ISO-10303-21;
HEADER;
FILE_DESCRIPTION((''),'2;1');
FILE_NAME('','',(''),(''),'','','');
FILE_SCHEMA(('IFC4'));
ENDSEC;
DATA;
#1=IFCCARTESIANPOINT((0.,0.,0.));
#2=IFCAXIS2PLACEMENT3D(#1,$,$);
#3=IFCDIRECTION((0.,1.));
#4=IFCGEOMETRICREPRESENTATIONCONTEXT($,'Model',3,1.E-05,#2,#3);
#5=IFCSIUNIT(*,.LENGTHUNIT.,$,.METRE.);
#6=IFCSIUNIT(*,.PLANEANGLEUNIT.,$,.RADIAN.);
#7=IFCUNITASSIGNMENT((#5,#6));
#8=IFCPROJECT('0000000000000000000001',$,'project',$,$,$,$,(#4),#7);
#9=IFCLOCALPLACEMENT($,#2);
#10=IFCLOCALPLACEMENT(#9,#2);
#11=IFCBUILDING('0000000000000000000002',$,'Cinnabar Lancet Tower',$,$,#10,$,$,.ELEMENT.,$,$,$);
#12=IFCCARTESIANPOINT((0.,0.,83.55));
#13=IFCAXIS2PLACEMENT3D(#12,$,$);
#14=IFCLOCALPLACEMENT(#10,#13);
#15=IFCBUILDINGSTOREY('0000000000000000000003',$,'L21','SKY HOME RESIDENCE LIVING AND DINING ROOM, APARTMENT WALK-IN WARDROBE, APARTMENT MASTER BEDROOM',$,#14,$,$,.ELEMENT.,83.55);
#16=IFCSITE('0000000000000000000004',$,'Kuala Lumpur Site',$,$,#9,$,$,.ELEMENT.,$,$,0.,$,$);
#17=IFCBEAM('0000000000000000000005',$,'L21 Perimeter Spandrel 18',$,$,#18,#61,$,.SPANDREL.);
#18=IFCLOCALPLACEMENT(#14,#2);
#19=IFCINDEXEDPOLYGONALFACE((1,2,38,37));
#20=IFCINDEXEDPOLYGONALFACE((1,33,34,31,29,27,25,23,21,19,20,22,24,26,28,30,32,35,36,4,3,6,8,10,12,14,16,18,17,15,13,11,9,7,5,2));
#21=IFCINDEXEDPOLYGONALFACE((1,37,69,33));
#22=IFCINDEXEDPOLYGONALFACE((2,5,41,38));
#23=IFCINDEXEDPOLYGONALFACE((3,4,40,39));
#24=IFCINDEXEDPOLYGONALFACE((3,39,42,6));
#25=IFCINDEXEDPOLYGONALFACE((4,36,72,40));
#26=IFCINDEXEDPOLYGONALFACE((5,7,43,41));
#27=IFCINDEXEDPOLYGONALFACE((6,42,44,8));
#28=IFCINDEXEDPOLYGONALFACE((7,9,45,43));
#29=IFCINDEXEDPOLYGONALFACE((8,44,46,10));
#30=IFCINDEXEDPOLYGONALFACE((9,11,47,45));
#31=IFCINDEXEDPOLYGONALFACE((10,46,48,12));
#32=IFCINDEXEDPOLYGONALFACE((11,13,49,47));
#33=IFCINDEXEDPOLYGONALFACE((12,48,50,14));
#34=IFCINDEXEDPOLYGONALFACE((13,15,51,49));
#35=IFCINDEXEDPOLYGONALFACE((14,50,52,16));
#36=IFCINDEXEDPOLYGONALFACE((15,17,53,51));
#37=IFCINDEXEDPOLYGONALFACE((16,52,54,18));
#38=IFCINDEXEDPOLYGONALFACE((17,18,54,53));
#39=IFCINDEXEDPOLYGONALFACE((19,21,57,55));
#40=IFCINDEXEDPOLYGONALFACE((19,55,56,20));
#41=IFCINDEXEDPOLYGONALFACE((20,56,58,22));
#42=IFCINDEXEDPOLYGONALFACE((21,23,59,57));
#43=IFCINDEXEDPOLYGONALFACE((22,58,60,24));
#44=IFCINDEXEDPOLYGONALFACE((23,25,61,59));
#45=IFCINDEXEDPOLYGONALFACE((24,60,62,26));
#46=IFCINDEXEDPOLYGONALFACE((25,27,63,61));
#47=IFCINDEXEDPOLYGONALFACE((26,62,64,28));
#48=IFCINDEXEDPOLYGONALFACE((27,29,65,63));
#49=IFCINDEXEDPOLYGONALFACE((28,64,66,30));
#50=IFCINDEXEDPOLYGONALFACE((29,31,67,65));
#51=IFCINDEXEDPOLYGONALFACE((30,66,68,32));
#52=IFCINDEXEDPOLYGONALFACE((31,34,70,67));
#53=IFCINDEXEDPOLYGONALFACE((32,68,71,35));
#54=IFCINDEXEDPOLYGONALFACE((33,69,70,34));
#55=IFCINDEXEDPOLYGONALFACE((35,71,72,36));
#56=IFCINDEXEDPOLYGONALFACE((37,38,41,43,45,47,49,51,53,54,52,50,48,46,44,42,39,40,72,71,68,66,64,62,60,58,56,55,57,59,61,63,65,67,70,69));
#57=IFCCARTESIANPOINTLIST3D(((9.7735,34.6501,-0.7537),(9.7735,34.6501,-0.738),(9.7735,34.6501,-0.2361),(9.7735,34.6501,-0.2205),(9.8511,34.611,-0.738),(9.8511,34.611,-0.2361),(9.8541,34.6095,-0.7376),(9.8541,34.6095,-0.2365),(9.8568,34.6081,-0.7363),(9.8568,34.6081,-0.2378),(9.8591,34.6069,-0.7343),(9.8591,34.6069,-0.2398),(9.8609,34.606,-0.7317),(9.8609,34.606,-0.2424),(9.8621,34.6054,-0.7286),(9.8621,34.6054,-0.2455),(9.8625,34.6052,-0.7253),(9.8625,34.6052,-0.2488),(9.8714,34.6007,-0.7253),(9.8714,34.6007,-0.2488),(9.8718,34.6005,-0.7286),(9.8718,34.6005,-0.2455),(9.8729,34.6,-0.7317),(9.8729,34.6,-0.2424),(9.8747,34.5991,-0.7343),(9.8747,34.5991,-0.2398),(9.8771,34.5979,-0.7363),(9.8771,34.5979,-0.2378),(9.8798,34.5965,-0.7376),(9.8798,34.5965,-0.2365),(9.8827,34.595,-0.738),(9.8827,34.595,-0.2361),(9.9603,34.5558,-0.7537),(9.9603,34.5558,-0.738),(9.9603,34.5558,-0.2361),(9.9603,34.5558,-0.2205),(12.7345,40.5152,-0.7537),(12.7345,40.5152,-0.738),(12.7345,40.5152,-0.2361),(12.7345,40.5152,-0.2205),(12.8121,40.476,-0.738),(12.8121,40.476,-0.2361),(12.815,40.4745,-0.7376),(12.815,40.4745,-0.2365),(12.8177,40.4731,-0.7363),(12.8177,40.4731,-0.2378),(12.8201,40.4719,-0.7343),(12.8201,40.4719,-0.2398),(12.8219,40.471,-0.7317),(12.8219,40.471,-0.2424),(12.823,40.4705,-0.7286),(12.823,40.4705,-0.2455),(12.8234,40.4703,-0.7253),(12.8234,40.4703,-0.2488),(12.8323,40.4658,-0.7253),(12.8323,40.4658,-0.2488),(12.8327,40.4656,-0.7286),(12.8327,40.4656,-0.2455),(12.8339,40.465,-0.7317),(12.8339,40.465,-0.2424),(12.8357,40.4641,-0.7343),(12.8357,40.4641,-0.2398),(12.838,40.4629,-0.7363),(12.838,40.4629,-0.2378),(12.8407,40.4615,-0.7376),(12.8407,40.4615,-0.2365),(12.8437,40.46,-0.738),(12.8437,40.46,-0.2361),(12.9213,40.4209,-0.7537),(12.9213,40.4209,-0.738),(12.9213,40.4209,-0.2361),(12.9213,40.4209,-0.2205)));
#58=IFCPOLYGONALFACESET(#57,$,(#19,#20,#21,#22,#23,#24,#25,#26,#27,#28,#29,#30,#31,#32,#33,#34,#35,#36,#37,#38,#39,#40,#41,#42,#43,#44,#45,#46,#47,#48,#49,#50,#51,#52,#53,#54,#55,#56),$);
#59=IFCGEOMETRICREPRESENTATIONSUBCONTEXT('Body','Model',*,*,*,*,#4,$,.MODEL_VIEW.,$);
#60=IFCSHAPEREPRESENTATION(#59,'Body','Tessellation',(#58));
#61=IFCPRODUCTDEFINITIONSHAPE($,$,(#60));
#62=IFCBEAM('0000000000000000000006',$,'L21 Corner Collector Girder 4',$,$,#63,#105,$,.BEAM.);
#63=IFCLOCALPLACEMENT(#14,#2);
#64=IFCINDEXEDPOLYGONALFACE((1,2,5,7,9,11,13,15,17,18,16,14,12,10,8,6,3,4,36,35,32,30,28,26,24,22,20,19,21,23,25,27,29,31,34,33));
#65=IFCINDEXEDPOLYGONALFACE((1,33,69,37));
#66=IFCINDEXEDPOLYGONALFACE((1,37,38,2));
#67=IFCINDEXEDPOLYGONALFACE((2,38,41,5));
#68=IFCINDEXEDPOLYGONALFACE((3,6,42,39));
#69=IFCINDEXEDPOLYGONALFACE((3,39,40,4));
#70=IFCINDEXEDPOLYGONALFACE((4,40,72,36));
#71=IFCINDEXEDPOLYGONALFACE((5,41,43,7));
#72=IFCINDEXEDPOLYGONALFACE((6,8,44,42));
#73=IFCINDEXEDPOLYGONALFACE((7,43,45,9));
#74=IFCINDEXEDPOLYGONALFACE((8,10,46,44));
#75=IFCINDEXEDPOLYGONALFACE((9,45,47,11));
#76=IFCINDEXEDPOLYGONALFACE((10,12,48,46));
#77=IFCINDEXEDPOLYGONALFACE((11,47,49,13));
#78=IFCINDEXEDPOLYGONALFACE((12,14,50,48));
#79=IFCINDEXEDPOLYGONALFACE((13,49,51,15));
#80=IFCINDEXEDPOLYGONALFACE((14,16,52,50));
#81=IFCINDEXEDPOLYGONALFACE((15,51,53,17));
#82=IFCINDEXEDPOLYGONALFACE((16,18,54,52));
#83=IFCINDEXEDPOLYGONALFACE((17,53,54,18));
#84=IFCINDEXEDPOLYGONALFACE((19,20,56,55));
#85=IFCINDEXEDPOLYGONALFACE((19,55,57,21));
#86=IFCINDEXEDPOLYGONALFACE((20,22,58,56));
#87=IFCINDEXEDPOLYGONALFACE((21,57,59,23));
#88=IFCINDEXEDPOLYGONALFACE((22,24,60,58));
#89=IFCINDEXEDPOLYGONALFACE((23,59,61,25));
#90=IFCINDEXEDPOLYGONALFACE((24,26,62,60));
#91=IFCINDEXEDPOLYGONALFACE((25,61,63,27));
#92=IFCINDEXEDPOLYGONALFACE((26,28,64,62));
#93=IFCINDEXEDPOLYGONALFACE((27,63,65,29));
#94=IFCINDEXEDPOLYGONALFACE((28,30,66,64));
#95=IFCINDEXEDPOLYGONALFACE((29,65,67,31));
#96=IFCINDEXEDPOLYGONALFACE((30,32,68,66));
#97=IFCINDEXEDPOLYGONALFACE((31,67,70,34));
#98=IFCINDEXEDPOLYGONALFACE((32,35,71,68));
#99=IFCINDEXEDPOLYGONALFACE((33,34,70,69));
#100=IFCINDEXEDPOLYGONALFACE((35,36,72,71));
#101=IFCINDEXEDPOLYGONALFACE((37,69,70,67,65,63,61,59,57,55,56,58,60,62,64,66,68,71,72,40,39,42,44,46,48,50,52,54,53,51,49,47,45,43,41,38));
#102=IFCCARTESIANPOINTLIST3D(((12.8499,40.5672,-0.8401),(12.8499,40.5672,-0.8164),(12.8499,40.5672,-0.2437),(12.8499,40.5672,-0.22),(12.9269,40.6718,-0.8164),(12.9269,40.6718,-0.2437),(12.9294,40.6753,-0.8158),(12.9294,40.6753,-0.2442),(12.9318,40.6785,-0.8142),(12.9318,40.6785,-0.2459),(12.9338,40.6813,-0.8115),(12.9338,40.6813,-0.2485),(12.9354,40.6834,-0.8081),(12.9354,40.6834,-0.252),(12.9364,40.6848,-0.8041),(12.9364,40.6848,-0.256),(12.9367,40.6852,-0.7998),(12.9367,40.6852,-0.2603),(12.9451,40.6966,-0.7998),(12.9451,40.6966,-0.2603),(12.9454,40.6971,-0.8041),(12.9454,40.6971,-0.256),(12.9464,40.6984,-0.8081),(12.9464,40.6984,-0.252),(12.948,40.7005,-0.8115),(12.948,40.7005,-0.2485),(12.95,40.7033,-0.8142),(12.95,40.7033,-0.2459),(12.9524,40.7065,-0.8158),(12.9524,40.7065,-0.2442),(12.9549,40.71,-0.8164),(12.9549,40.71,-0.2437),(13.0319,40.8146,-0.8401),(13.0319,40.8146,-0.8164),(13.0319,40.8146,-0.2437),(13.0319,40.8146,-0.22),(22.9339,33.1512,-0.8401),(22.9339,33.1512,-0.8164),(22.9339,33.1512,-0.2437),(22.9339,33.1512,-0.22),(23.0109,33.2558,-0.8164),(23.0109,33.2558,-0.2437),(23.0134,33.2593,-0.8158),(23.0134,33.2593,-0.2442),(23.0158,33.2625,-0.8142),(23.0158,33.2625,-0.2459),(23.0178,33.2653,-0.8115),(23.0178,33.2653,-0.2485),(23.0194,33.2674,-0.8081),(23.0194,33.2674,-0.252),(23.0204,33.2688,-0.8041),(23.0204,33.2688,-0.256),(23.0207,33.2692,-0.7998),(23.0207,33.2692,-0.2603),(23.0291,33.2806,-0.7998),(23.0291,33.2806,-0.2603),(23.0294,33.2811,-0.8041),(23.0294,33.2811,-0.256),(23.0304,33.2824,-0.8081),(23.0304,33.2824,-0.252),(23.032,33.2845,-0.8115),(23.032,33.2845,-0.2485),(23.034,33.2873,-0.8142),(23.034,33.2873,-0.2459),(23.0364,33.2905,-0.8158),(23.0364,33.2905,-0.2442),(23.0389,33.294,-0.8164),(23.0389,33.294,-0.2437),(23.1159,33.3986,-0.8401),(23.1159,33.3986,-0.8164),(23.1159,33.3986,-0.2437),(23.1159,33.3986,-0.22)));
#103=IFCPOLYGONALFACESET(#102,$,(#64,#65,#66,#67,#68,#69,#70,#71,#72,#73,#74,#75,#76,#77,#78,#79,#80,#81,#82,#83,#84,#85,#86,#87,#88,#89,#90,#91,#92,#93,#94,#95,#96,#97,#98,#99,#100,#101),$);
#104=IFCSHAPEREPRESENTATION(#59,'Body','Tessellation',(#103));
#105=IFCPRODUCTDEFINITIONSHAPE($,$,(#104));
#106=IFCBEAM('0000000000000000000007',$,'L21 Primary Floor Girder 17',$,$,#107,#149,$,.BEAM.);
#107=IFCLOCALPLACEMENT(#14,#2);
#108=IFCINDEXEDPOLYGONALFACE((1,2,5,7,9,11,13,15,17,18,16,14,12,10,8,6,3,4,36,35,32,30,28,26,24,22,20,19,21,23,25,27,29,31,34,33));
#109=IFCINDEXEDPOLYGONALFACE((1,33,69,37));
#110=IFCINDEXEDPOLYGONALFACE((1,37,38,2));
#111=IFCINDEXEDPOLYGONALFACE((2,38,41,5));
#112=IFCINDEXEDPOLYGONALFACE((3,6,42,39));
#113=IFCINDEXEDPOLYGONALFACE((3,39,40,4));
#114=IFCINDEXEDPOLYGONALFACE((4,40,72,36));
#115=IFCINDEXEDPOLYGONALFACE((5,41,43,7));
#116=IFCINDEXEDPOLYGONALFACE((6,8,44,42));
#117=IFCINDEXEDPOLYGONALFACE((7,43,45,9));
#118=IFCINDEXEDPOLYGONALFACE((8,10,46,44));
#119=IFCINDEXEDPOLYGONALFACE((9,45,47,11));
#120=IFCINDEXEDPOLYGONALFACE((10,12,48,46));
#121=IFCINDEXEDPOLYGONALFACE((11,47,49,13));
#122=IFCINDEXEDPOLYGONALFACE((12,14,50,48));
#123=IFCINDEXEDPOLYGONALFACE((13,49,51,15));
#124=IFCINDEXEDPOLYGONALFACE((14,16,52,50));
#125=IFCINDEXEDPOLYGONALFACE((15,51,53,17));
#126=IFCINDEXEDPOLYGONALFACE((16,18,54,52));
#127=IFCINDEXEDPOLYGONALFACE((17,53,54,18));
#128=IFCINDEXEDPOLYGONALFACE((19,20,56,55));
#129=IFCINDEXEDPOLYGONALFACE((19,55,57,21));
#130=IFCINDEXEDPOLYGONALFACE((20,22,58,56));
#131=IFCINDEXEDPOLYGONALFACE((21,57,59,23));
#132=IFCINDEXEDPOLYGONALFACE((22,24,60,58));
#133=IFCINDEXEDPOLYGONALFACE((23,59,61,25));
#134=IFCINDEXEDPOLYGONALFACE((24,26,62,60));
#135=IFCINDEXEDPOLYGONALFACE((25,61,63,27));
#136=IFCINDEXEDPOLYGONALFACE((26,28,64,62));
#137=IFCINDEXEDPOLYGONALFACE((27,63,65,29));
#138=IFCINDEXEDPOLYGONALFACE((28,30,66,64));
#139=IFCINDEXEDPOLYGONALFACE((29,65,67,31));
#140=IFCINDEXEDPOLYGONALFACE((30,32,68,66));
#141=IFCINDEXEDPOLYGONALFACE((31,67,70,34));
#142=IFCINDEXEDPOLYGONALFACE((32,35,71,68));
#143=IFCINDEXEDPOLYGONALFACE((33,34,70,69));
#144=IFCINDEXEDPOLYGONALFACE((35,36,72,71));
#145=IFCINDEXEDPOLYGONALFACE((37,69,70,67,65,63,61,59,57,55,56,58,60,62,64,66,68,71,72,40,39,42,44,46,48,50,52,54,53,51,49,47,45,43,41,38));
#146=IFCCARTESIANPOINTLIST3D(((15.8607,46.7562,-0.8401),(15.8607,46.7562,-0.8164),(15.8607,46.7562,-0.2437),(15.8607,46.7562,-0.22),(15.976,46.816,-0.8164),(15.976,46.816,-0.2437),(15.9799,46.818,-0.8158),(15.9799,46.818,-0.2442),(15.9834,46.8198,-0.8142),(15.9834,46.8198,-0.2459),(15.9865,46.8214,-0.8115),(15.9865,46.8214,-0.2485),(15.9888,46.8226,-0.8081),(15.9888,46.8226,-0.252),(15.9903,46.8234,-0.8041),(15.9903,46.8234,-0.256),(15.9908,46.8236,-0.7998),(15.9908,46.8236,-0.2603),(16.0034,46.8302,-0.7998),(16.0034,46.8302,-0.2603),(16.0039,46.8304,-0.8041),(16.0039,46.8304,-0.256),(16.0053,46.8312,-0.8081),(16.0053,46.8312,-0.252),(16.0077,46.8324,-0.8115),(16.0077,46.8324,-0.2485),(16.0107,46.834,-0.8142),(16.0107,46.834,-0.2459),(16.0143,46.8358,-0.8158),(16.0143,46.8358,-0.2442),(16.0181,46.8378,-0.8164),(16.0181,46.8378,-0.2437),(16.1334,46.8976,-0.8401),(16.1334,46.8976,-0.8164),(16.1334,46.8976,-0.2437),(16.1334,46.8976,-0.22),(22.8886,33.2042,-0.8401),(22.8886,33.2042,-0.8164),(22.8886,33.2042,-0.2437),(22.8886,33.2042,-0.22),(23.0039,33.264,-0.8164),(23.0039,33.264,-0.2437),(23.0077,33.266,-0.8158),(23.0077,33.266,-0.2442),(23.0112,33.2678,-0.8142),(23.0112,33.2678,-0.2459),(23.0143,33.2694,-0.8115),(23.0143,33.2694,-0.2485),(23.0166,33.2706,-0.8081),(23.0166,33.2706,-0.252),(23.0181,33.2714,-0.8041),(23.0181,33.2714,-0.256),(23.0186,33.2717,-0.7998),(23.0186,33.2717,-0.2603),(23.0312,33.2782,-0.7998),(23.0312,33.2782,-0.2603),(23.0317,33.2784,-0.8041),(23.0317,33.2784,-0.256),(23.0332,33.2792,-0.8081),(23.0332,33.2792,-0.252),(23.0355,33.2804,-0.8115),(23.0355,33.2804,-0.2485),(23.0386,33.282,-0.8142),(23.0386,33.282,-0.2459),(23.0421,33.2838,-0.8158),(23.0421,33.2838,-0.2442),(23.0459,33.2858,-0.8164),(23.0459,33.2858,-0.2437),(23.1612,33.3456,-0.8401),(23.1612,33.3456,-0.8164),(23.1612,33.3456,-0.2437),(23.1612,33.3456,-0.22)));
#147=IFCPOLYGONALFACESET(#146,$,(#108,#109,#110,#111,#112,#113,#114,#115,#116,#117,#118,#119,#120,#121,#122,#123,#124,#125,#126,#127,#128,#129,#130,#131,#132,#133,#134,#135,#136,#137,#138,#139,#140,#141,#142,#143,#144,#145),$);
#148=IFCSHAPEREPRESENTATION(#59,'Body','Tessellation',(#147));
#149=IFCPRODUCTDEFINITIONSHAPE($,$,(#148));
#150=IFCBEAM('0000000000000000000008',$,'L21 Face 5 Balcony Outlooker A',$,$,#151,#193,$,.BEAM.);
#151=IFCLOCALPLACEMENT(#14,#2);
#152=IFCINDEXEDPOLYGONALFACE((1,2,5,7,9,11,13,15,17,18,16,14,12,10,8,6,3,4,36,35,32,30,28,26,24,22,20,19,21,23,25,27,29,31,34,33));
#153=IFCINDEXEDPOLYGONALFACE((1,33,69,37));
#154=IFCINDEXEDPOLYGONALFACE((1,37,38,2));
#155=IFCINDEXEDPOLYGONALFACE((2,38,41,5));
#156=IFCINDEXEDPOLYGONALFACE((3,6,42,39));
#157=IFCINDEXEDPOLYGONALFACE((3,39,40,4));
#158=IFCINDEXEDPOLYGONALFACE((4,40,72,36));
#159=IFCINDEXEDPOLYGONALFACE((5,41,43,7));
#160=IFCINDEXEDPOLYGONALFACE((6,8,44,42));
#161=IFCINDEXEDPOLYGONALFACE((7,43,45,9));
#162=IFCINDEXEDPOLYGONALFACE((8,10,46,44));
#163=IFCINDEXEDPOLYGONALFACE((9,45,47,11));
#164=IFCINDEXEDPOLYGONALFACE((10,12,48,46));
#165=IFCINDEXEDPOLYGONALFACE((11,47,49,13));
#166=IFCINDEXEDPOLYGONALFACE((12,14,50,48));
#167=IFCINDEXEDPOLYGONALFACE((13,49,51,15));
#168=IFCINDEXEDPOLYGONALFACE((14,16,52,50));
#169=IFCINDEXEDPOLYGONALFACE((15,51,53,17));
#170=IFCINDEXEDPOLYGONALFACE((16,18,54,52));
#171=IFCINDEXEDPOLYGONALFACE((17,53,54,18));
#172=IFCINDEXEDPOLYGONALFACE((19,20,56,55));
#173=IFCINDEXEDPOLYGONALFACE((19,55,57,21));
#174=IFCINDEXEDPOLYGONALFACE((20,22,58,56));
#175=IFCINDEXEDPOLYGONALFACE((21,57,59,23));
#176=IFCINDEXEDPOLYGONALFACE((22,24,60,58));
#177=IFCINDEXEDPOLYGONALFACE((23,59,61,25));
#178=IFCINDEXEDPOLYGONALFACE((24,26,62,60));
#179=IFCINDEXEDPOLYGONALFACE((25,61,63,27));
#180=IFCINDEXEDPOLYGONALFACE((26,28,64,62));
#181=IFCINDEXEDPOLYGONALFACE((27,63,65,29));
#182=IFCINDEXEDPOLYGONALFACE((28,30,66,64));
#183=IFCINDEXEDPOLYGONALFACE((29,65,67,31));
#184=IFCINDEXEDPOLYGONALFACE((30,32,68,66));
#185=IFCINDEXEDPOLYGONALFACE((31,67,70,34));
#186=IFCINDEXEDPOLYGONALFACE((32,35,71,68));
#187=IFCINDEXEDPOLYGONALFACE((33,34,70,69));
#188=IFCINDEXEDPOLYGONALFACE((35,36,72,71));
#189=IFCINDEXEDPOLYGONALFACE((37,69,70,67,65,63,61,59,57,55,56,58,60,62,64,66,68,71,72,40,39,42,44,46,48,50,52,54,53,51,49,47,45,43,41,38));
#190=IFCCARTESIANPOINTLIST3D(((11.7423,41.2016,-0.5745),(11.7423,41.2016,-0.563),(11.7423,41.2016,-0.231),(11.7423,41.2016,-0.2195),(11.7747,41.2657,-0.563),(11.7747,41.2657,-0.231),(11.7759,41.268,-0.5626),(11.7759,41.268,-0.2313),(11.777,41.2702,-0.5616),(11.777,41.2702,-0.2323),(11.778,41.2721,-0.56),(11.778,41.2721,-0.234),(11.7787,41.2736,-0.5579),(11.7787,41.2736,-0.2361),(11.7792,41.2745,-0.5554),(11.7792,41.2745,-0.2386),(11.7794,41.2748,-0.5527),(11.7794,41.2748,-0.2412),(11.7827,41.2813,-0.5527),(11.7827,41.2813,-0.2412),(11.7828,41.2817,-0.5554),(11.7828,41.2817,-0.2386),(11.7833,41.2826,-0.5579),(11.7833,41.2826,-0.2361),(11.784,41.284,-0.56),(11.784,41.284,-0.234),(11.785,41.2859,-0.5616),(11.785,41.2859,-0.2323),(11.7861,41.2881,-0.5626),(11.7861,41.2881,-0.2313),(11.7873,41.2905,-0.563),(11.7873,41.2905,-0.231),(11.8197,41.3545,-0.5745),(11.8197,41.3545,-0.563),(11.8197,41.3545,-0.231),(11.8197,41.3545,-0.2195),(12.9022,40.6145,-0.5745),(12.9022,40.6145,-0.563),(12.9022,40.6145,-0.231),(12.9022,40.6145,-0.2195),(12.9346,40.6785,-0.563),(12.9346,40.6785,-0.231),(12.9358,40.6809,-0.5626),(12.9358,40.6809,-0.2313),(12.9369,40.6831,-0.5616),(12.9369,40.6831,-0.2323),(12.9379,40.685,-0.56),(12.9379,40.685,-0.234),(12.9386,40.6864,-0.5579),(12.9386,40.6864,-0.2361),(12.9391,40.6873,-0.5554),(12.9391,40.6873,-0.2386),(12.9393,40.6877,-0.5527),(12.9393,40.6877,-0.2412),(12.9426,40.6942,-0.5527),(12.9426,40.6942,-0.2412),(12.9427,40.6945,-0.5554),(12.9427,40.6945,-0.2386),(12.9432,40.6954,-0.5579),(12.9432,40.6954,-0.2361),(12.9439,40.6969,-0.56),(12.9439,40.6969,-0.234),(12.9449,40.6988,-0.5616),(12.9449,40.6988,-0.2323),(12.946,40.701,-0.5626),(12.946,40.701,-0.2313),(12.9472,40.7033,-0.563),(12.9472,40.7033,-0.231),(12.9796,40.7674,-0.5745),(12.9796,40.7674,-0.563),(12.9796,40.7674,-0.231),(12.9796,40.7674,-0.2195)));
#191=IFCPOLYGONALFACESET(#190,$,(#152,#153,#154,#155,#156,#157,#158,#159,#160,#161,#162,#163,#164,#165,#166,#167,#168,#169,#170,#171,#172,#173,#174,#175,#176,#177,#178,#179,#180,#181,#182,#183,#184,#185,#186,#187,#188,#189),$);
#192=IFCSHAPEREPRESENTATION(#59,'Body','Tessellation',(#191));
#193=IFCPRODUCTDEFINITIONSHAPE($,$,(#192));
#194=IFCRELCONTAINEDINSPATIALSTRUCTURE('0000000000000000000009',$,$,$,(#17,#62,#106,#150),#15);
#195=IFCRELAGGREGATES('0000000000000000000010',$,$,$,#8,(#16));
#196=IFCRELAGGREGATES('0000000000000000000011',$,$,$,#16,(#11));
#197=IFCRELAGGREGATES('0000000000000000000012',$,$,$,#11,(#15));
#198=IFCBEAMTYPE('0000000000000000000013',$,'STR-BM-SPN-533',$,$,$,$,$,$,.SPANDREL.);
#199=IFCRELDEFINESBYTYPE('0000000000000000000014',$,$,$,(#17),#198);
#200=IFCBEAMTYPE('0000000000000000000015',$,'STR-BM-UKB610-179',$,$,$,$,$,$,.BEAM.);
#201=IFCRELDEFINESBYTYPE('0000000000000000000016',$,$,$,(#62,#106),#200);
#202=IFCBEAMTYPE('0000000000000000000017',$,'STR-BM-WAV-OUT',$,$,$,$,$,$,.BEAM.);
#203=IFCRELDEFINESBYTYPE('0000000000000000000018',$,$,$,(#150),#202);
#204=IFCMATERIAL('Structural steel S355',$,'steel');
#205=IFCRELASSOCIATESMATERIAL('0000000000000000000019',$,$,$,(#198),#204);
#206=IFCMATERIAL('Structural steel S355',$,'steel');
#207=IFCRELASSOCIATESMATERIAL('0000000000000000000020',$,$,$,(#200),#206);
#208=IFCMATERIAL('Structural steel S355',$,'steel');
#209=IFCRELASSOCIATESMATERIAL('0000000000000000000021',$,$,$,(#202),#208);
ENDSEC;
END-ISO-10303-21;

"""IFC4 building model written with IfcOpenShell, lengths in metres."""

from ifc_helpers import new_model, si_unit, direction, frame, origin, origin_2d, place, context, subcontext, project, spatial, i_section, extrude, material, material_profile, profile_set, type_object, element, save


model = new_model("IFC4")

# Units and contexts
model_context = context("Model", 3, precision=1e-05, world=origin(), true_north=direction((0.0, 1.0)))
body_context = subcontext(model_context, "Body", "Model", "MODEL_VIEW")
ifc_project = project(units=[si_unit("LENGTHUNIT", "METRE"), si_unit("PLANEANGLEUNIT", "RADIAN")], contexts=[model_context])

# Site, building, storey
site_placement = place(None, origin())
site = spatial("IfcSite", under=ifc_project, at=site_placement, Name="Kuala Lumpur Site", CompositionType="ELEMENT", RefElevation=0.0)
building_placement = place(site_placement, origin())
building = spatial("IfcBuilding", under=site, at=building_placement, Name="Cinnabar Lancet Tower", CompositionType="ELEMENT")
storey_placement = place(building_placement, frame((0.0, 0.0, 83.55)))
storey = spatial("IfcBuildingStorey", under=building, at=storey_placement, Name="L21", Description="SKY HOME RESIDENCE LIVING AND DINING ROOM, APARTMENT WALK-IN WARDROBE, APARTMENT MASTER BEDROOM", CompositionType="ELEMENT", Elevation=83.55)

# Beams
ifc_material_1 = material(Name="Structural steel S355", Category="steel")
ifc_material_profile_1 = material_profile(ifc_material_1, i_section(OverallWidth=0.2092, OverallDepth=0.5332, WebThickness=0.01, FlangeThickness=0.0156, FilletRadius=0.0127, at=origin_2d()), Name="UKB 533x210x92")
ifc_profile_set_1 = profile_set([ifc_material_profile_1], Name="Structural steel S355")
beam_type_1 = type_object("IfcBeamType", Name="STR-BM-SPN-533", PredefinedType="SPANDREL", material=ifc_profile_set_1)
beam_1_placement = place(storey_placement, frame((12.8279, 40.468, -0.4871), z_axis=(-0.450674, -0.892689, 0.0), x_axis=(0.892689, -0.450674, 0.0)))
element("IfcBeam", 1, at=beam_1_placement, inside=storey, type_object=beam_type_1, Name="L21 Perimeter Spandrel 18", PredefinedType="SPANDREL", context=body_context, shape_type="SweptSolid", body=[
    extrude(i_section(OverallWidth=0.2092, OverallDepth=0.5332, WebThickness=0.01, FlangeThickness=0.0156, FilletRadius=0.0127, at=origin_2d()), origin(), (0.0, 0.0, 1.0), 6.5701),
])
ifc_material_2 = material(Name="Structural steel S355", Category="steel")
ifc_material_profile_2 = material_profile(ifc_material_2, i_section(OverallWidth=0.3071, OverallDepth=0.6201, WebThickness=0.0142, FlangeThickness=0.0237, FilletRadius=0.0166, at=origin_2d()), Name="UKB 610x305x179")
ifc_profile_set_2 = profile_set([ifc_material_profile_2], Name="Structural steel S355")
beam_type_2 = type_object("IfcBeamType", Name="STR-BM-UKB610-179", PredefinedType="BEAM", material=ifc_profile_set_2)
beam_2_placement = place(storey_placement, frame((12.9409, 40.6909, -0.53), z_axis=(0.805601, -0.592459, 0.0), x_axis=(0.592459, 0.805601, 0.0)))
element("IfcBeam", 2, at=beam_2_placement, inside=storey, type_object=beam_type_2, Name="L21 Corner Collector Girder 4", PredefinedType="BEAM", context=body_context, shape_type="SweptSolid", body=[
    extrude(i_section(OverallWidth=0.3071, OverallDepth=0.6201, WebThickness=0.0142, FlangeThickness=0.0237, FilletRadius=0.0166, at=origin_2d()), origin(), (0.0, 0.0, 1.0), 12.5173),
])
beam_3_placement = place(storey_placement, frame((15.9971, 46.8269, -0.53), z_axis=(0.460362, -0.887731, 0.0), x_axis=(0.887731, 0.460362, 0.0)))
element("IfcBeam", 3, at=beam_3_placement, inside=storey, type_object=beam_type_2, Name="L21 Primary Floor Girder 17", PredefinedType="BEAM", context=body_context, shape_type="SweptSolid", body=[
    extrude(i_section(OverallWidth=0.3071, OverallDepth=0.6201, WebThickness=0.0142, FlangeThickness=0.0237, FilletRadius=0.0166, at=origin_2d()), origin(), (0.0, 0.0, 1.0), 15.2659),
])
ifc_material_3 = material(Name="Structural steel S355", Category="steel")
ifc_material_profile_3 = material_profile(ifc_material_3, i_section(OverallWidth=0.1714, OverallDepth=0.355, WebThickness=0.0073, FlangeThickness=0.0115, FilletRadius=0.0103, at=origin_2d()), Name="UKB 356x171x51")
ifc_profile_set_3 = profile_set([ifc_material_profile_3], Name="Structural steel S355")
beam_type_3 = type_object("IfcBeamType", Name="STR-BM-WAV-OUT", PredefinedType="BEAM", material=ifc_profile_set_3)
beam_4_placement = place(storey_placement, frame((12.9409, 40.6909, -0.397), z_axis=(-0.8922, 0.45164, 0.0), x_axis=(-0.45164, -0.8922, 0.0)))
element("IfcBeam", 4, at=beam_4_placement, inside=storey, type_object=beam_type_3, Name="L21 Face 5 Balcony Outlooker A", PredefinedType="BEAM", context=body_context, shape_type="SweptSolid", body=[
    extrude(i_section(OverallWidth=0.1714, OverallDepth=0.355, WebThickness=0.0073, FlangeThickness=0.0115, FilletRadius=0.0103, at=origin_2d()), origin(), (0.0, 0.0, 1.0), 1.3),
])

save(model, "model.ifc")
